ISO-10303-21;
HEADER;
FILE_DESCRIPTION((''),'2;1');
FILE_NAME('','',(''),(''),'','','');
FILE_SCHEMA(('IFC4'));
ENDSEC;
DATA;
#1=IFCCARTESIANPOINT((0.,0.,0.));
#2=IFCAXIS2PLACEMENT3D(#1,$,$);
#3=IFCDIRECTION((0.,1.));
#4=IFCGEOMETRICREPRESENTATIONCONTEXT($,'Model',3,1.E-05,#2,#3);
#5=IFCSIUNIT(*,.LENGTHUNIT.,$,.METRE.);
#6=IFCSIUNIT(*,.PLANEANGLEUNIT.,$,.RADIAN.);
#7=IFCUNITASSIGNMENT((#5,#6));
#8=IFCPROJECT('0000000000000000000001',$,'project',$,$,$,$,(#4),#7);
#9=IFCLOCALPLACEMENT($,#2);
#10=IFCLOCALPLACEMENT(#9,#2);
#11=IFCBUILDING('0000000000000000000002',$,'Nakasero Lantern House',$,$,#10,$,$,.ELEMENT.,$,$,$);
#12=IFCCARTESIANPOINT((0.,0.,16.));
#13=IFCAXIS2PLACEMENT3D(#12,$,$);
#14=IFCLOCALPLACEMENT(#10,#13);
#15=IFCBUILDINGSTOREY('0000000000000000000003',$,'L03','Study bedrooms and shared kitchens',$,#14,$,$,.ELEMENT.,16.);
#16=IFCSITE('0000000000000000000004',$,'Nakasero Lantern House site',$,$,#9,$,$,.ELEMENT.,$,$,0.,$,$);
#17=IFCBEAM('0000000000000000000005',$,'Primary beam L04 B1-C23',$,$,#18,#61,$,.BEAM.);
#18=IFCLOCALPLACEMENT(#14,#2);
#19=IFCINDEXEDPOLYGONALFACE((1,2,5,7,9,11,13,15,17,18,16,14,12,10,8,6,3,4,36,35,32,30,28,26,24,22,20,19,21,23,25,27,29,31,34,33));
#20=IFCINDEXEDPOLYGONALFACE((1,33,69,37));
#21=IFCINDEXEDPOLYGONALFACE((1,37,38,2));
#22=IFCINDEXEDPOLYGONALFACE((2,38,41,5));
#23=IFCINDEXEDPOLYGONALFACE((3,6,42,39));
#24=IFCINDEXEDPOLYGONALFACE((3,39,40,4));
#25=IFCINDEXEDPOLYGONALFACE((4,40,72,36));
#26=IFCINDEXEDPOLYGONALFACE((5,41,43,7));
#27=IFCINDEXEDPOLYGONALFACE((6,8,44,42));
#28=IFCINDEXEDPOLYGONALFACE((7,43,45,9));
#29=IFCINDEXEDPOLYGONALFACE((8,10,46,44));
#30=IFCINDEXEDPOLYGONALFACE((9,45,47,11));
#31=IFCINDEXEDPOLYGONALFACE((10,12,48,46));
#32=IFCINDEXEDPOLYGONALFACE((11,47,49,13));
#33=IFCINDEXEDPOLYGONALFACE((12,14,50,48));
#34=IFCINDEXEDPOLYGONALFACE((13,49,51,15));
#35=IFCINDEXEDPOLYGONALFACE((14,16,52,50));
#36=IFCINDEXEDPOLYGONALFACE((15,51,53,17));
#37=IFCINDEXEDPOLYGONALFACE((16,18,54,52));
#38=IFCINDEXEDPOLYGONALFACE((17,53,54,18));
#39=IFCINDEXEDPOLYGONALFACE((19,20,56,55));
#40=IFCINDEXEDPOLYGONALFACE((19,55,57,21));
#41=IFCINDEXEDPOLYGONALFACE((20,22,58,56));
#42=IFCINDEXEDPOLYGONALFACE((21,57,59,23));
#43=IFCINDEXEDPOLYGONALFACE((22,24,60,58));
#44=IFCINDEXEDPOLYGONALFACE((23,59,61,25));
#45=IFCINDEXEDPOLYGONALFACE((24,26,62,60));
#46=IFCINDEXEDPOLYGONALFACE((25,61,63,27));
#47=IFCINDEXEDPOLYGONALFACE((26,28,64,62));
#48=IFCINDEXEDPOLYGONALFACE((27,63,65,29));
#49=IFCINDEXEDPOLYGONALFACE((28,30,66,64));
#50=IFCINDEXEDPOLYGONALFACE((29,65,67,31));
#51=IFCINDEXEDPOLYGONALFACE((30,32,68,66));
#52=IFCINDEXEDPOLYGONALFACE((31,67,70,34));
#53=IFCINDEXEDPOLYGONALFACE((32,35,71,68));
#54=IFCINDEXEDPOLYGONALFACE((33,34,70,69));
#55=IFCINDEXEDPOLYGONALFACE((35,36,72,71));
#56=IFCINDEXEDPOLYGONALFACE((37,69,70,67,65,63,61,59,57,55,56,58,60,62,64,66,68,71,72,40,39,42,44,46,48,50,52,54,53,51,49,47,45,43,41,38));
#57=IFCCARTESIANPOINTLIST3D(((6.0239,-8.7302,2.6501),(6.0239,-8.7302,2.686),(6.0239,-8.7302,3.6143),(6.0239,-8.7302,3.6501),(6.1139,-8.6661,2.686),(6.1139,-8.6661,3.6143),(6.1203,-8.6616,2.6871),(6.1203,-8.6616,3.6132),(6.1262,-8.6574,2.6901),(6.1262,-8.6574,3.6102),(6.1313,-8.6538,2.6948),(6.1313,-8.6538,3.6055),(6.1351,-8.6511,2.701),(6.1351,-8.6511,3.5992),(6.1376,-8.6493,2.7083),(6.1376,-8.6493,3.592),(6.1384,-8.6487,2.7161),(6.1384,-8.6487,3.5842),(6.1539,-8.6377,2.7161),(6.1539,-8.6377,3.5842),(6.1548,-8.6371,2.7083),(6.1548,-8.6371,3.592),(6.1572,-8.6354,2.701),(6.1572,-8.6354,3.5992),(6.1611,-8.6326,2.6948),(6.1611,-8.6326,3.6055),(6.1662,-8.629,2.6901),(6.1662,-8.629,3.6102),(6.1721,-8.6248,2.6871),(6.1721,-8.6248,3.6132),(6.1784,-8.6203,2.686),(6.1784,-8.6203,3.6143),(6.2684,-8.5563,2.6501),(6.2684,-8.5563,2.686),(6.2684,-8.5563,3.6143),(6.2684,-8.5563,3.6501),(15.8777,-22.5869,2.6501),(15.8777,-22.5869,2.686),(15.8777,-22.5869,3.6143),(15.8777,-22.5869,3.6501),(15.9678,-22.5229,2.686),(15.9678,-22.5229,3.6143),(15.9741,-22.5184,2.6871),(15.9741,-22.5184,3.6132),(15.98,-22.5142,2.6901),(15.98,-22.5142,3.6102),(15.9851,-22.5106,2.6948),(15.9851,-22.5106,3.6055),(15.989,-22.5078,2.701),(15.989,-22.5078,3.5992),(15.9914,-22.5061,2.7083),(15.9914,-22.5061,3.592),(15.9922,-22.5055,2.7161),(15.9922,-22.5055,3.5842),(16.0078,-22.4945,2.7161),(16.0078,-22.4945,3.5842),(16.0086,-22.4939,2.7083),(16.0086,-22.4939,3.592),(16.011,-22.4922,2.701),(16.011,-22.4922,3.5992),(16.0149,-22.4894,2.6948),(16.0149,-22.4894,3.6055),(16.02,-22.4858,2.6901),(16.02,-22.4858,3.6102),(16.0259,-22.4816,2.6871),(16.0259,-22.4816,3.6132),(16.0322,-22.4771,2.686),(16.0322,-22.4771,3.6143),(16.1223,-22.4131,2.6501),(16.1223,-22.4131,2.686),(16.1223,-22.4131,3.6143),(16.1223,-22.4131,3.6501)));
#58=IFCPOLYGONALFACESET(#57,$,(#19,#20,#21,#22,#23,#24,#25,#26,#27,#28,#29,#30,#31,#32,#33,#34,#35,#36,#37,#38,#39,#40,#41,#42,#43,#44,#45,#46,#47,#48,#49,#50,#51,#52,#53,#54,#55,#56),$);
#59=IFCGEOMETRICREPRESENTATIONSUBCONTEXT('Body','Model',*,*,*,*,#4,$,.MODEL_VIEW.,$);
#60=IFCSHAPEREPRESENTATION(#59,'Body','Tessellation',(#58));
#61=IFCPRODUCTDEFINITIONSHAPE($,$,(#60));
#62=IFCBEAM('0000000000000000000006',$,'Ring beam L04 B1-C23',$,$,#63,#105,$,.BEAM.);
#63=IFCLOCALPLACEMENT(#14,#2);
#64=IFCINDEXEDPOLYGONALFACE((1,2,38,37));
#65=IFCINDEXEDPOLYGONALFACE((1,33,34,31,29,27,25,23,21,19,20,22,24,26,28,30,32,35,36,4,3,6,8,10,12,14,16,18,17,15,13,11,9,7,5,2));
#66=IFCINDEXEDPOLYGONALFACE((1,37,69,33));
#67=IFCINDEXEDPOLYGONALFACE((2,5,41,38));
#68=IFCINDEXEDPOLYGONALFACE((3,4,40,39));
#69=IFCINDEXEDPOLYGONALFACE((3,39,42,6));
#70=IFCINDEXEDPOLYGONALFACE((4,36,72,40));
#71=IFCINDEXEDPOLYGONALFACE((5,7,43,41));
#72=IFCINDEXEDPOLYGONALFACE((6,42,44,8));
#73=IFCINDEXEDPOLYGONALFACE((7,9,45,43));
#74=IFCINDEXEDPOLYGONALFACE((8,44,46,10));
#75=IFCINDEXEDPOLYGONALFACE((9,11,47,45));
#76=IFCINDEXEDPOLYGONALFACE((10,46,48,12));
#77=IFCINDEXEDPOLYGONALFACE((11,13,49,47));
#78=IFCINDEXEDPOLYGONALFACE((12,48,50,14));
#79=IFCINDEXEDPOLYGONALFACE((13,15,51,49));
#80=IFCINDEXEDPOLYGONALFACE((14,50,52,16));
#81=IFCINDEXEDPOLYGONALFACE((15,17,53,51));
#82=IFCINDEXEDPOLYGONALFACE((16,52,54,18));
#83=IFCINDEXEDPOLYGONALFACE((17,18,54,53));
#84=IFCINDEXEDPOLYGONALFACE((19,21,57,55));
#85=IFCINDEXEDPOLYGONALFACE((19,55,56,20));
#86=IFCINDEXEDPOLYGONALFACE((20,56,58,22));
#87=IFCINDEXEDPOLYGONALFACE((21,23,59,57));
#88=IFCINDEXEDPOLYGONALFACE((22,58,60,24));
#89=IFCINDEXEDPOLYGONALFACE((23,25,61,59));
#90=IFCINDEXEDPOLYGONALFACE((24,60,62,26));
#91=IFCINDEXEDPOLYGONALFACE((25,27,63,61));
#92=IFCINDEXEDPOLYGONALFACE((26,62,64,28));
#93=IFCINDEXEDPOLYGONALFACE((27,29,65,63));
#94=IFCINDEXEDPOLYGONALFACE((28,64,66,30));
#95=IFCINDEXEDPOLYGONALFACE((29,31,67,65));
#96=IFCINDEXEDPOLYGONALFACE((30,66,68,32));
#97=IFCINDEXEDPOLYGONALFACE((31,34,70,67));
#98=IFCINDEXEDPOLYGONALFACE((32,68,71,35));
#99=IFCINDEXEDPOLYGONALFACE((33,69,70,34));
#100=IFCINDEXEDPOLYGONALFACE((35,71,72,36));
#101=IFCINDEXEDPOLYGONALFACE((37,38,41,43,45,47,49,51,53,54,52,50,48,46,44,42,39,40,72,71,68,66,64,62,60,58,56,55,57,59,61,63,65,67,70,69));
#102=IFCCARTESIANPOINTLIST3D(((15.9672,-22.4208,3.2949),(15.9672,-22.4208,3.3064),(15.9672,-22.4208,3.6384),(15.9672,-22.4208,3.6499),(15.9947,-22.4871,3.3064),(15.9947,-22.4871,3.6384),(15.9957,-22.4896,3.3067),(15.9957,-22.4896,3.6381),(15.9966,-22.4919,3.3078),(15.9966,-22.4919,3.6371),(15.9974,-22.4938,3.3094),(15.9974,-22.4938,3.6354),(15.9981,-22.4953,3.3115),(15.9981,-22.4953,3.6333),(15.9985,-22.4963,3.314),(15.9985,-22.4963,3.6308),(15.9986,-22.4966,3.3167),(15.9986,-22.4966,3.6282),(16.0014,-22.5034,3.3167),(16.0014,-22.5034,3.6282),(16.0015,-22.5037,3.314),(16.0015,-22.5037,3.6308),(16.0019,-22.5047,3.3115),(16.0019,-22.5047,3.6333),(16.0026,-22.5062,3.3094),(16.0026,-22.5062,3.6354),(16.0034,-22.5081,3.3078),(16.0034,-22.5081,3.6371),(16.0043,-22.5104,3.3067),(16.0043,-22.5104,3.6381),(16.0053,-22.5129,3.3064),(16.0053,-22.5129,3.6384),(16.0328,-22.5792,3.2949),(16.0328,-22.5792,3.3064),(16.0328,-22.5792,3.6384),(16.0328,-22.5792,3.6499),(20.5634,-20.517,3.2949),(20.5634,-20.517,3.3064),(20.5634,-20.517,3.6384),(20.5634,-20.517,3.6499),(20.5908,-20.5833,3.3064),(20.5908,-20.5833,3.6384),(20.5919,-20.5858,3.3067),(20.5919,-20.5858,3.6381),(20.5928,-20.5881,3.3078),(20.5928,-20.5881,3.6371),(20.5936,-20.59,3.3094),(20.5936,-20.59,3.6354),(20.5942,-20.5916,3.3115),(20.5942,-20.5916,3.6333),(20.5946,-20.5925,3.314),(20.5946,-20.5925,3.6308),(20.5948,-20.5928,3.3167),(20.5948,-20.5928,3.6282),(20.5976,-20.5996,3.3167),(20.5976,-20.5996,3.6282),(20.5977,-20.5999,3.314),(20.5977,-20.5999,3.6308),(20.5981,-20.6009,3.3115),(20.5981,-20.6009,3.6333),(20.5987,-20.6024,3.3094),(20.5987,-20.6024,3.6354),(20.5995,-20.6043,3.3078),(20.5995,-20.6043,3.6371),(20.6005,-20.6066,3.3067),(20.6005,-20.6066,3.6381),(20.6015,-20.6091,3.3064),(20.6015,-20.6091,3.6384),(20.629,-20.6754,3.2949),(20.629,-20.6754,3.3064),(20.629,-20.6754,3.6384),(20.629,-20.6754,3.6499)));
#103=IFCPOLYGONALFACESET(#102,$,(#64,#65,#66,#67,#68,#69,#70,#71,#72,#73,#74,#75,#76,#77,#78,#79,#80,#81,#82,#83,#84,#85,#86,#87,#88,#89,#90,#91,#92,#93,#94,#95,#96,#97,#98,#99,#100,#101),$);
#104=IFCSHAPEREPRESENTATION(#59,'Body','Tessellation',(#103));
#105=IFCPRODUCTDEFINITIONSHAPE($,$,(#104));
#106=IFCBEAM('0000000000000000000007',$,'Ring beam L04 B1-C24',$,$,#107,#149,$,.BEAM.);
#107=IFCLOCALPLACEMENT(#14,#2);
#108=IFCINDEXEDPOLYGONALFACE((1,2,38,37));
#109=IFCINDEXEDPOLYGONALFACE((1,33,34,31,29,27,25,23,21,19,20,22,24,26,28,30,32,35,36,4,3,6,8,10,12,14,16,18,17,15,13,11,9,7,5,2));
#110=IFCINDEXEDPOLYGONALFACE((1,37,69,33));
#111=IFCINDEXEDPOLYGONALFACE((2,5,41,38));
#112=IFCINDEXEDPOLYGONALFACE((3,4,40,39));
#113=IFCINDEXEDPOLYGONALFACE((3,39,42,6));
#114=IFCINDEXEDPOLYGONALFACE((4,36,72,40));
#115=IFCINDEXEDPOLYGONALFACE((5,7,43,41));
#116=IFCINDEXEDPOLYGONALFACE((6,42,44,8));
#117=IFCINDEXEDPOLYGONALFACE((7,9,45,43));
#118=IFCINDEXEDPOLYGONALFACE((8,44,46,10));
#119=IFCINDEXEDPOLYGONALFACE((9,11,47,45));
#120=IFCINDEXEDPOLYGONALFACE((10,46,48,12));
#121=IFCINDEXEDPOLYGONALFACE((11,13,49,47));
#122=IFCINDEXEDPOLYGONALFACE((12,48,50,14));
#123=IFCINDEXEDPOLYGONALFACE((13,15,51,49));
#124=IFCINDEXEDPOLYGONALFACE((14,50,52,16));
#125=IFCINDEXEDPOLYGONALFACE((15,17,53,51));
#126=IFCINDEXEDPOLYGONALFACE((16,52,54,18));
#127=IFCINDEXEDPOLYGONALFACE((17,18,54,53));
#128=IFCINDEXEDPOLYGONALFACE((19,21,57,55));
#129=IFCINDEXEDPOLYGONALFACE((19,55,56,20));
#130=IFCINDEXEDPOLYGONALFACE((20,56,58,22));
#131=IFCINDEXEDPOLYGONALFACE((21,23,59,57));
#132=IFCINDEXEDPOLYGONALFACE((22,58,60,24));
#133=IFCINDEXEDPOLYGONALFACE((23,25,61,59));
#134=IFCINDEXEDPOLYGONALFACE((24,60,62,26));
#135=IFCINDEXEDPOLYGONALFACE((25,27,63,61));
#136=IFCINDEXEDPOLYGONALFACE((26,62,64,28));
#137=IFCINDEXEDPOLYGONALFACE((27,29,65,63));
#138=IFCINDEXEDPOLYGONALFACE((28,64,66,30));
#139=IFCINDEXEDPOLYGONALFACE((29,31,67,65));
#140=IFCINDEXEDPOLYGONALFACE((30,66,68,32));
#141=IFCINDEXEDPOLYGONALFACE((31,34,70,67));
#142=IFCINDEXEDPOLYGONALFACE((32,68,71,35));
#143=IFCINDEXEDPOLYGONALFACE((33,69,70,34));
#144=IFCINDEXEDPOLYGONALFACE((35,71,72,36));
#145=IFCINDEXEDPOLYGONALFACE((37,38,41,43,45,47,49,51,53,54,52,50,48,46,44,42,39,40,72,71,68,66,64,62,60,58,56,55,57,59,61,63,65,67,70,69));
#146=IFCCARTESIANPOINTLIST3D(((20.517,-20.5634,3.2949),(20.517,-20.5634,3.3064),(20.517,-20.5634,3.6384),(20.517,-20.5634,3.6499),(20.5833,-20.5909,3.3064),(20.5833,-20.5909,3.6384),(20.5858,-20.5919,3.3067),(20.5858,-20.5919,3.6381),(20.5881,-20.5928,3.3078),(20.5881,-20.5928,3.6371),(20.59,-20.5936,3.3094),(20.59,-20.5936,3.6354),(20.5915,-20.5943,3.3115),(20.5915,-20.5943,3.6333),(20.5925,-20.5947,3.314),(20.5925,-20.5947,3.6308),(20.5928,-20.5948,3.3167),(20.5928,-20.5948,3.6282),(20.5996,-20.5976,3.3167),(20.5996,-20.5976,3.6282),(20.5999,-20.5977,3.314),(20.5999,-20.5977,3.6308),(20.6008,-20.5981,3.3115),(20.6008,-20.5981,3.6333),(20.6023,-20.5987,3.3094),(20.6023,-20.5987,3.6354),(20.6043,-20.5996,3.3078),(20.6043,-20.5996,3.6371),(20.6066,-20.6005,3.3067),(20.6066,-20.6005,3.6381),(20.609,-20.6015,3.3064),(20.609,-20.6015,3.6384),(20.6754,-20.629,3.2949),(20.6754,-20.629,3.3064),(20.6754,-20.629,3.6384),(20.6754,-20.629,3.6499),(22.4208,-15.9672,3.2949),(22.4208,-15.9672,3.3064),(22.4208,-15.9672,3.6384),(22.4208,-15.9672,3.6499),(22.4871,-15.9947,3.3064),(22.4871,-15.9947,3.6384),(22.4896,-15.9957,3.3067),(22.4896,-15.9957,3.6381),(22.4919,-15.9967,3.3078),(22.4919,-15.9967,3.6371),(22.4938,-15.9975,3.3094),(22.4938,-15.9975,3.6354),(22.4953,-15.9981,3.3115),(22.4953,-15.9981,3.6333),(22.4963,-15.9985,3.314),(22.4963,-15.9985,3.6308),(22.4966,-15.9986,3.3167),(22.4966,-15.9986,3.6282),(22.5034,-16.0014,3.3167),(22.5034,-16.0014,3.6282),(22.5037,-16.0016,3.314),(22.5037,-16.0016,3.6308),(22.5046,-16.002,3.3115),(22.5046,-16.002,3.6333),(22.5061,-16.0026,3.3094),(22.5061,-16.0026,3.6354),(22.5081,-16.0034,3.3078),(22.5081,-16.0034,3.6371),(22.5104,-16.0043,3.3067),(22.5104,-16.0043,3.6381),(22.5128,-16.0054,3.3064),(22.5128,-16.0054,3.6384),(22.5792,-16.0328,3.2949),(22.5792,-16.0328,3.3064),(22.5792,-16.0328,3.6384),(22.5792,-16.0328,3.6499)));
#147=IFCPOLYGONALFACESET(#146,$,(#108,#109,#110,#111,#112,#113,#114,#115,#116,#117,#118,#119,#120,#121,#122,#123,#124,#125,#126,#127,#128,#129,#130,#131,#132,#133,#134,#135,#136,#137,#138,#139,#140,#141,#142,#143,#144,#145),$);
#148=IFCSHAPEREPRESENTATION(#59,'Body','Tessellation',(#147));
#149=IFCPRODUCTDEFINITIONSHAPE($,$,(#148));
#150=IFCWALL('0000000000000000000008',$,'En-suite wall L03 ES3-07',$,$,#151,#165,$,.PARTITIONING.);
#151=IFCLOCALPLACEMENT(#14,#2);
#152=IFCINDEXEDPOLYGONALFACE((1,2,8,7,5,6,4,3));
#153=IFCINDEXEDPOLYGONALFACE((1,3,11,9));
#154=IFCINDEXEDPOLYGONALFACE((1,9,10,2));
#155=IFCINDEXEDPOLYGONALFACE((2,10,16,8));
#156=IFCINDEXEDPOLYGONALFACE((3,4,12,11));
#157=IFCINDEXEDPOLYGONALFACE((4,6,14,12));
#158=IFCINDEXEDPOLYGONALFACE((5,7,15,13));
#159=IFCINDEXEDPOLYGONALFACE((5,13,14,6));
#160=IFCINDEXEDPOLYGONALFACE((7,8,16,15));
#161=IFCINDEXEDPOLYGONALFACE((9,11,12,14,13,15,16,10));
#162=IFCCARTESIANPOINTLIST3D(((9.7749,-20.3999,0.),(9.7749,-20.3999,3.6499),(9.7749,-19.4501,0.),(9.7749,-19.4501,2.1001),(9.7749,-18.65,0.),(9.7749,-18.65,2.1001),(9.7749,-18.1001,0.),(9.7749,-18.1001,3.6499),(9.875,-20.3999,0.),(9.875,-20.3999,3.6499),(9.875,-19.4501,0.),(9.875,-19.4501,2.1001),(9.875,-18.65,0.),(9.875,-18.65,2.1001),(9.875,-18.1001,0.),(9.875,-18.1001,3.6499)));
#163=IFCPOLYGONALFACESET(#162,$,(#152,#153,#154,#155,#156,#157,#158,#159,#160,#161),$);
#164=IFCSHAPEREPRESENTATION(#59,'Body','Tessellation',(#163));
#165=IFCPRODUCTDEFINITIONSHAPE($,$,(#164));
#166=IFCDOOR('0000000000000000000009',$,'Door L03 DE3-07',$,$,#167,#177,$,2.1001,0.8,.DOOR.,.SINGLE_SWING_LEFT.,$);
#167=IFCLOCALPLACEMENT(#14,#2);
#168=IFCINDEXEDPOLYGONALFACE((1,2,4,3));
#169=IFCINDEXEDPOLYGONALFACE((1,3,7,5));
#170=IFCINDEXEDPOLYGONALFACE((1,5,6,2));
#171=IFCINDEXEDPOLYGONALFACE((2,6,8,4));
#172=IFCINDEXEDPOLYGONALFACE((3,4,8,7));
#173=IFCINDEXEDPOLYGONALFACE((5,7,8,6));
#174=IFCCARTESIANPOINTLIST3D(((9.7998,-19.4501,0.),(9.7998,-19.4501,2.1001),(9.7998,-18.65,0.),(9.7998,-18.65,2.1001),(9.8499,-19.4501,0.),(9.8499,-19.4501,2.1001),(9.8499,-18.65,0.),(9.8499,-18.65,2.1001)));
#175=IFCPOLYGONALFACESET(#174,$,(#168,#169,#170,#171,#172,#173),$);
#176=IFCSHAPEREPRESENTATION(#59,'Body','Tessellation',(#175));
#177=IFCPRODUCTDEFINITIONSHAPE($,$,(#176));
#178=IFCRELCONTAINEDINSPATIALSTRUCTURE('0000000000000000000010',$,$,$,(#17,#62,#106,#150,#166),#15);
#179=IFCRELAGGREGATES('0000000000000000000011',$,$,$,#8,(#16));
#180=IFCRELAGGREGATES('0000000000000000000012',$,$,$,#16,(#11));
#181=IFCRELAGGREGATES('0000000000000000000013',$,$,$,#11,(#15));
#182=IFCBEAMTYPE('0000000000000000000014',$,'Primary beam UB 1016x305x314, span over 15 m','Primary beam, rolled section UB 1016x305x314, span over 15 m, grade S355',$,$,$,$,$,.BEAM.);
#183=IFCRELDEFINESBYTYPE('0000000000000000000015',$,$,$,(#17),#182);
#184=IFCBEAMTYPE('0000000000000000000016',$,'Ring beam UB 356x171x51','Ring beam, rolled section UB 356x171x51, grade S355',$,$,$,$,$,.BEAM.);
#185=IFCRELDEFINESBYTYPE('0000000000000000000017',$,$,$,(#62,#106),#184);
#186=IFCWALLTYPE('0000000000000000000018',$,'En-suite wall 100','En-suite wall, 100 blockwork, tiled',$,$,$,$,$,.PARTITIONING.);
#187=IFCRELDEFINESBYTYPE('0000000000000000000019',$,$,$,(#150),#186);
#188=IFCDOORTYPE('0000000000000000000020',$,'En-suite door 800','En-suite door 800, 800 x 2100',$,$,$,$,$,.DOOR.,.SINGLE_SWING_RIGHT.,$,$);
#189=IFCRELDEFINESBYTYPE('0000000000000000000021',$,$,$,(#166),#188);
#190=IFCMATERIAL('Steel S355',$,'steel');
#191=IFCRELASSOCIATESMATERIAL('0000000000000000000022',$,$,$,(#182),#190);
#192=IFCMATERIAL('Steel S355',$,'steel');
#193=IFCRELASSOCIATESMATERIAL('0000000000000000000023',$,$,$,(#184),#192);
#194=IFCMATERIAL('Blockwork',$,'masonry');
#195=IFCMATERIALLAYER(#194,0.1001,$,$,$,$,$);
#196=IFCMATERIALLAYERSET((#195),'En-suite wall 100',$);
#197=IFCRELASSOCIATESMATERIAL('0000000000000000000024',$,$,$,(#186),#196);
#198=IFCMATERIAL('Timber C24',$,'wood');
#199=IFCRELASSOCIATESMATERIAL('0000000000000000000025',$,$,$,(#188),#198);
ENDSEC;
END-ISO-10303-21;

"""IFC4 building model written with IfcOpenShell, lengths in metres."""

from ifc_helpers import new_model, si_unit, direction, frame, frame_2d, origin, origin_2d, place, context, subcontext, project, spatial, rectangle, i_section, extrude, material, layer, layer_set, material_profile, profile_set, type_object, element, fill, save


model = new_model("IFC4")

# Units and contexts
model_context = context("Model", 3, precision=1e-05, world=origin(), true_north=direction((0.0, 1.0)))
body_context = subcontext(model_context, "Body", "Model", "MODEL_VIEW")
ifc_project = project(units=[si_unit("LENGTHUNIT", "METRE"), si_unit("PLANEANGLEUNIT", "RADIAN")], contexts=[model_context])

# Site, building, storey
site_placement = place(None, origin())
site = spatial("IfcSite", under=ifc_project, at=site_placement, Name="Nakasero Lantern House site", CompositionType="ELEMENT", RefElevation=0.0)
building_placement = place(site_placement, origin())
building = spatial("IfcBuilding", under=site, at=building_placement, Name="Nakasero Lantern House", CompositionType="ELEMENT")
storey_placement = place(building_placement, frame((0.0, 0.0, 16.0)))
storey = spatial("IfcBuildingStorey", under=building, at=storey_placement, Name="L03", Description="Study bedrooms and shared kitchens", CompositionType="ELEMENT", Elevation=16.0)

# Beams
ifc_material_1 = material(Name="Steel S355", Category="steel")
ifc_material_profile_1 = material_profile(ifc_material_1, i_section(OverallWidth=0.3, OverallDepth=1.0, WebThickness=0.019, FlangeThickness=0.0359, FilletRadius=0.03, at=origin_2d()), Name="UB 1016x305x314")
ifc_profile_set_1 = profile_set([ifc_material_profile_1], Name="Steel S355")
beam_type_1 = type_object("IfcBeamType", Name="Primary beam UB 1016x305x314, span over 15 m", Description="Primary beam, rolled section UB 1016x305x314, span over 15 m, grade S355", PredefinedType="BEAM", material=ifc_profile_set_1)
beam_1_placement = place(storey_placement, frame((16.0, -22.5, 3.1501), z_axis=(-0.579528, 0.814952, 0.0), x_axis=(-0.814952, -0.579528, 0.0)))
element("IfcBeam", 1, at=beam_1_placement, inside=storey, type_object=beam_type_1, Name="Primary beam L04 B1-C23", PredefinedType="BEAM", context=body_context, shape_type="SweptSolid", body=[
    extrude(i_section(OverallWidth=0.3, OverallDepth=1.0, WebThickness=0.019, FlangeThickness=0.0359, FilletRadius=0.03, at=origin_2d()), origin(), (0.0, 0.0, 1.0), 17.0032),
])
ifc_material_2 = material(Name="Steel S355", Category="steel")
ifc_material_profile_2 = material_profile(ifc_material_2, i_section(OverallWidth=0.1714, OverallDepth=0.355, WebThickness=0.0073, FlangeThickness=0.0115, FilletRadius=0.0103, at=origin_2d()), Name="UB 356x171x51")
ifc_profile_set_2 = profile_set([ifc_material_profile_2], Name="Steel S355")
beam_type_2 = type_object("IfcBeamType", Name="Ring beam UB 356x171x51", Description="Ring beam, rolled section UB 356x171x51, grade S355", PredefinedType="BEAM", material=ifc_profile_set_2)
for number, where, z_axis, x_axis, name in (
    (2, (16.0, -22.5, 3.4724), (0.923879, 0.382684, 0.0), (-0.382684, 0.923879, 0.0), "Ring beam L04 B1-C23"),
    (3, (20.5962, -20.5962, 3.4724), (0.382684, 0.923879, 0.0), (-0.923879, 0.382684, 0.0), "Ring beam L04 B1-C24"),
):
    element("IfcBeam", number, at=place(storey_placement, frame(where, z_axis=z_axis, x_axis=x_axis)), inside=storey, type_object=beam_type_2, Name=name, PredefinedType="BEAM", context=body_context, shape_type="SweptSolid", body=[
        extrude(i_section(OverallWidth=0.1714, OverallDepth=0.355, WebThickness=0.0073, FlangeThickness=0.0115, FilletRadius=0.0103, at=origin_2d()), origin(), (0.0, 0.0, 1.0), 4.9749),
    ])

# Wall, opening, door
ifc_material_3 = material(Name="Blockwork", Category="masonry")
ifc_layer_1 = layer(ifc_material_3, 0.1001)
ifc_layer_set_1 = layer_set([ifc_layer_1], Name="En-suite wall 100")
wall_type_1 = type_object("IfcWallType", Name="En-suite wall 100", Description="En-suite wall, 100 blockwork, tiled", PredefinedType="PARTITIONING", material=ifc_layer_set_1)
wall_1_placement = place(storey_placement, frame((9.825, -18.1001, 0.0), z_axis=(0.0, 0.0, 1.0), x_axis=(0.0, -1.0, 0.0)))
wall_1 = element("IfcWall", 4, at=wall_1_placement, inside=storey, type_object=wall_type_1, Name="En-suite wall L03 ES3-07", PredefinedType="PARTITIONING", context=body_context, shape_type="SweptSolid", body=[
    extrude(rectangle(XDim=2.2998, YDim=0.1001, at=frame_2d((1.1499, 0.0))), origin(), (0.0, 0.0, 1.0), 3.6499),
])
opening_1_placement = place(wall_1_placement, frame((0.55, 0.0, 0.0)))
opening_1 = element("IfcOpeningElement", 5, at=opening_1_placement, cuts=wall_1, PredefinedType="OPENING", context=body_context, shape_type="SweptSolid", body=[
    extrude(rectangle(XDim=0.8, YDim=2.1001, at=frame_2d((0.3999, 1.05))), frame((0.0, 0.0701, 0.0), z_axis=(0.0, -1.0, 0.0), x_axis=(1.0, 0.0, 0.0)), (0.0, 0.0, 1.0), 0.1401),
])
ifc_material_4 = material(Name="Timber C24", Category="wood")
door_type_1 = type_object("IfcDoorType", Name="En-suite door 800", Description="En-suite door 800, 800 x 2100", OperationType="SINGLE_SWING_RIGHT", PredefinedType="DOOR", material=ifc_material_4)
door_1_placement = place(opening_1_placement, origin())
door_1 = element("IfcDoor", 6, at=door_1_placement, inside=storey, type_object=door_type_1, Name="Door L03 DE3-07", OperationType="SINGLE_SWING_LEFT", OverallHeight=2.1001, OverallWidth=0.8, PredefinedType="DOOR", context=body_context, shape_type="SweptSolid", body=[
    extrude(rectangle(XDim=0.8, YDim=2.1001, at=frame_2d((0.3999, 1.05))), frame((0.0, 0.0249, 0.0), z_axis=(0.0, -1.0, 0.0), x_axis=(1.0, 0.0, 0.0)), (0.0, 0.0, 1.0), 0.05),
])
fill(opening_1, door_1)

save(model, "model.ifc")
